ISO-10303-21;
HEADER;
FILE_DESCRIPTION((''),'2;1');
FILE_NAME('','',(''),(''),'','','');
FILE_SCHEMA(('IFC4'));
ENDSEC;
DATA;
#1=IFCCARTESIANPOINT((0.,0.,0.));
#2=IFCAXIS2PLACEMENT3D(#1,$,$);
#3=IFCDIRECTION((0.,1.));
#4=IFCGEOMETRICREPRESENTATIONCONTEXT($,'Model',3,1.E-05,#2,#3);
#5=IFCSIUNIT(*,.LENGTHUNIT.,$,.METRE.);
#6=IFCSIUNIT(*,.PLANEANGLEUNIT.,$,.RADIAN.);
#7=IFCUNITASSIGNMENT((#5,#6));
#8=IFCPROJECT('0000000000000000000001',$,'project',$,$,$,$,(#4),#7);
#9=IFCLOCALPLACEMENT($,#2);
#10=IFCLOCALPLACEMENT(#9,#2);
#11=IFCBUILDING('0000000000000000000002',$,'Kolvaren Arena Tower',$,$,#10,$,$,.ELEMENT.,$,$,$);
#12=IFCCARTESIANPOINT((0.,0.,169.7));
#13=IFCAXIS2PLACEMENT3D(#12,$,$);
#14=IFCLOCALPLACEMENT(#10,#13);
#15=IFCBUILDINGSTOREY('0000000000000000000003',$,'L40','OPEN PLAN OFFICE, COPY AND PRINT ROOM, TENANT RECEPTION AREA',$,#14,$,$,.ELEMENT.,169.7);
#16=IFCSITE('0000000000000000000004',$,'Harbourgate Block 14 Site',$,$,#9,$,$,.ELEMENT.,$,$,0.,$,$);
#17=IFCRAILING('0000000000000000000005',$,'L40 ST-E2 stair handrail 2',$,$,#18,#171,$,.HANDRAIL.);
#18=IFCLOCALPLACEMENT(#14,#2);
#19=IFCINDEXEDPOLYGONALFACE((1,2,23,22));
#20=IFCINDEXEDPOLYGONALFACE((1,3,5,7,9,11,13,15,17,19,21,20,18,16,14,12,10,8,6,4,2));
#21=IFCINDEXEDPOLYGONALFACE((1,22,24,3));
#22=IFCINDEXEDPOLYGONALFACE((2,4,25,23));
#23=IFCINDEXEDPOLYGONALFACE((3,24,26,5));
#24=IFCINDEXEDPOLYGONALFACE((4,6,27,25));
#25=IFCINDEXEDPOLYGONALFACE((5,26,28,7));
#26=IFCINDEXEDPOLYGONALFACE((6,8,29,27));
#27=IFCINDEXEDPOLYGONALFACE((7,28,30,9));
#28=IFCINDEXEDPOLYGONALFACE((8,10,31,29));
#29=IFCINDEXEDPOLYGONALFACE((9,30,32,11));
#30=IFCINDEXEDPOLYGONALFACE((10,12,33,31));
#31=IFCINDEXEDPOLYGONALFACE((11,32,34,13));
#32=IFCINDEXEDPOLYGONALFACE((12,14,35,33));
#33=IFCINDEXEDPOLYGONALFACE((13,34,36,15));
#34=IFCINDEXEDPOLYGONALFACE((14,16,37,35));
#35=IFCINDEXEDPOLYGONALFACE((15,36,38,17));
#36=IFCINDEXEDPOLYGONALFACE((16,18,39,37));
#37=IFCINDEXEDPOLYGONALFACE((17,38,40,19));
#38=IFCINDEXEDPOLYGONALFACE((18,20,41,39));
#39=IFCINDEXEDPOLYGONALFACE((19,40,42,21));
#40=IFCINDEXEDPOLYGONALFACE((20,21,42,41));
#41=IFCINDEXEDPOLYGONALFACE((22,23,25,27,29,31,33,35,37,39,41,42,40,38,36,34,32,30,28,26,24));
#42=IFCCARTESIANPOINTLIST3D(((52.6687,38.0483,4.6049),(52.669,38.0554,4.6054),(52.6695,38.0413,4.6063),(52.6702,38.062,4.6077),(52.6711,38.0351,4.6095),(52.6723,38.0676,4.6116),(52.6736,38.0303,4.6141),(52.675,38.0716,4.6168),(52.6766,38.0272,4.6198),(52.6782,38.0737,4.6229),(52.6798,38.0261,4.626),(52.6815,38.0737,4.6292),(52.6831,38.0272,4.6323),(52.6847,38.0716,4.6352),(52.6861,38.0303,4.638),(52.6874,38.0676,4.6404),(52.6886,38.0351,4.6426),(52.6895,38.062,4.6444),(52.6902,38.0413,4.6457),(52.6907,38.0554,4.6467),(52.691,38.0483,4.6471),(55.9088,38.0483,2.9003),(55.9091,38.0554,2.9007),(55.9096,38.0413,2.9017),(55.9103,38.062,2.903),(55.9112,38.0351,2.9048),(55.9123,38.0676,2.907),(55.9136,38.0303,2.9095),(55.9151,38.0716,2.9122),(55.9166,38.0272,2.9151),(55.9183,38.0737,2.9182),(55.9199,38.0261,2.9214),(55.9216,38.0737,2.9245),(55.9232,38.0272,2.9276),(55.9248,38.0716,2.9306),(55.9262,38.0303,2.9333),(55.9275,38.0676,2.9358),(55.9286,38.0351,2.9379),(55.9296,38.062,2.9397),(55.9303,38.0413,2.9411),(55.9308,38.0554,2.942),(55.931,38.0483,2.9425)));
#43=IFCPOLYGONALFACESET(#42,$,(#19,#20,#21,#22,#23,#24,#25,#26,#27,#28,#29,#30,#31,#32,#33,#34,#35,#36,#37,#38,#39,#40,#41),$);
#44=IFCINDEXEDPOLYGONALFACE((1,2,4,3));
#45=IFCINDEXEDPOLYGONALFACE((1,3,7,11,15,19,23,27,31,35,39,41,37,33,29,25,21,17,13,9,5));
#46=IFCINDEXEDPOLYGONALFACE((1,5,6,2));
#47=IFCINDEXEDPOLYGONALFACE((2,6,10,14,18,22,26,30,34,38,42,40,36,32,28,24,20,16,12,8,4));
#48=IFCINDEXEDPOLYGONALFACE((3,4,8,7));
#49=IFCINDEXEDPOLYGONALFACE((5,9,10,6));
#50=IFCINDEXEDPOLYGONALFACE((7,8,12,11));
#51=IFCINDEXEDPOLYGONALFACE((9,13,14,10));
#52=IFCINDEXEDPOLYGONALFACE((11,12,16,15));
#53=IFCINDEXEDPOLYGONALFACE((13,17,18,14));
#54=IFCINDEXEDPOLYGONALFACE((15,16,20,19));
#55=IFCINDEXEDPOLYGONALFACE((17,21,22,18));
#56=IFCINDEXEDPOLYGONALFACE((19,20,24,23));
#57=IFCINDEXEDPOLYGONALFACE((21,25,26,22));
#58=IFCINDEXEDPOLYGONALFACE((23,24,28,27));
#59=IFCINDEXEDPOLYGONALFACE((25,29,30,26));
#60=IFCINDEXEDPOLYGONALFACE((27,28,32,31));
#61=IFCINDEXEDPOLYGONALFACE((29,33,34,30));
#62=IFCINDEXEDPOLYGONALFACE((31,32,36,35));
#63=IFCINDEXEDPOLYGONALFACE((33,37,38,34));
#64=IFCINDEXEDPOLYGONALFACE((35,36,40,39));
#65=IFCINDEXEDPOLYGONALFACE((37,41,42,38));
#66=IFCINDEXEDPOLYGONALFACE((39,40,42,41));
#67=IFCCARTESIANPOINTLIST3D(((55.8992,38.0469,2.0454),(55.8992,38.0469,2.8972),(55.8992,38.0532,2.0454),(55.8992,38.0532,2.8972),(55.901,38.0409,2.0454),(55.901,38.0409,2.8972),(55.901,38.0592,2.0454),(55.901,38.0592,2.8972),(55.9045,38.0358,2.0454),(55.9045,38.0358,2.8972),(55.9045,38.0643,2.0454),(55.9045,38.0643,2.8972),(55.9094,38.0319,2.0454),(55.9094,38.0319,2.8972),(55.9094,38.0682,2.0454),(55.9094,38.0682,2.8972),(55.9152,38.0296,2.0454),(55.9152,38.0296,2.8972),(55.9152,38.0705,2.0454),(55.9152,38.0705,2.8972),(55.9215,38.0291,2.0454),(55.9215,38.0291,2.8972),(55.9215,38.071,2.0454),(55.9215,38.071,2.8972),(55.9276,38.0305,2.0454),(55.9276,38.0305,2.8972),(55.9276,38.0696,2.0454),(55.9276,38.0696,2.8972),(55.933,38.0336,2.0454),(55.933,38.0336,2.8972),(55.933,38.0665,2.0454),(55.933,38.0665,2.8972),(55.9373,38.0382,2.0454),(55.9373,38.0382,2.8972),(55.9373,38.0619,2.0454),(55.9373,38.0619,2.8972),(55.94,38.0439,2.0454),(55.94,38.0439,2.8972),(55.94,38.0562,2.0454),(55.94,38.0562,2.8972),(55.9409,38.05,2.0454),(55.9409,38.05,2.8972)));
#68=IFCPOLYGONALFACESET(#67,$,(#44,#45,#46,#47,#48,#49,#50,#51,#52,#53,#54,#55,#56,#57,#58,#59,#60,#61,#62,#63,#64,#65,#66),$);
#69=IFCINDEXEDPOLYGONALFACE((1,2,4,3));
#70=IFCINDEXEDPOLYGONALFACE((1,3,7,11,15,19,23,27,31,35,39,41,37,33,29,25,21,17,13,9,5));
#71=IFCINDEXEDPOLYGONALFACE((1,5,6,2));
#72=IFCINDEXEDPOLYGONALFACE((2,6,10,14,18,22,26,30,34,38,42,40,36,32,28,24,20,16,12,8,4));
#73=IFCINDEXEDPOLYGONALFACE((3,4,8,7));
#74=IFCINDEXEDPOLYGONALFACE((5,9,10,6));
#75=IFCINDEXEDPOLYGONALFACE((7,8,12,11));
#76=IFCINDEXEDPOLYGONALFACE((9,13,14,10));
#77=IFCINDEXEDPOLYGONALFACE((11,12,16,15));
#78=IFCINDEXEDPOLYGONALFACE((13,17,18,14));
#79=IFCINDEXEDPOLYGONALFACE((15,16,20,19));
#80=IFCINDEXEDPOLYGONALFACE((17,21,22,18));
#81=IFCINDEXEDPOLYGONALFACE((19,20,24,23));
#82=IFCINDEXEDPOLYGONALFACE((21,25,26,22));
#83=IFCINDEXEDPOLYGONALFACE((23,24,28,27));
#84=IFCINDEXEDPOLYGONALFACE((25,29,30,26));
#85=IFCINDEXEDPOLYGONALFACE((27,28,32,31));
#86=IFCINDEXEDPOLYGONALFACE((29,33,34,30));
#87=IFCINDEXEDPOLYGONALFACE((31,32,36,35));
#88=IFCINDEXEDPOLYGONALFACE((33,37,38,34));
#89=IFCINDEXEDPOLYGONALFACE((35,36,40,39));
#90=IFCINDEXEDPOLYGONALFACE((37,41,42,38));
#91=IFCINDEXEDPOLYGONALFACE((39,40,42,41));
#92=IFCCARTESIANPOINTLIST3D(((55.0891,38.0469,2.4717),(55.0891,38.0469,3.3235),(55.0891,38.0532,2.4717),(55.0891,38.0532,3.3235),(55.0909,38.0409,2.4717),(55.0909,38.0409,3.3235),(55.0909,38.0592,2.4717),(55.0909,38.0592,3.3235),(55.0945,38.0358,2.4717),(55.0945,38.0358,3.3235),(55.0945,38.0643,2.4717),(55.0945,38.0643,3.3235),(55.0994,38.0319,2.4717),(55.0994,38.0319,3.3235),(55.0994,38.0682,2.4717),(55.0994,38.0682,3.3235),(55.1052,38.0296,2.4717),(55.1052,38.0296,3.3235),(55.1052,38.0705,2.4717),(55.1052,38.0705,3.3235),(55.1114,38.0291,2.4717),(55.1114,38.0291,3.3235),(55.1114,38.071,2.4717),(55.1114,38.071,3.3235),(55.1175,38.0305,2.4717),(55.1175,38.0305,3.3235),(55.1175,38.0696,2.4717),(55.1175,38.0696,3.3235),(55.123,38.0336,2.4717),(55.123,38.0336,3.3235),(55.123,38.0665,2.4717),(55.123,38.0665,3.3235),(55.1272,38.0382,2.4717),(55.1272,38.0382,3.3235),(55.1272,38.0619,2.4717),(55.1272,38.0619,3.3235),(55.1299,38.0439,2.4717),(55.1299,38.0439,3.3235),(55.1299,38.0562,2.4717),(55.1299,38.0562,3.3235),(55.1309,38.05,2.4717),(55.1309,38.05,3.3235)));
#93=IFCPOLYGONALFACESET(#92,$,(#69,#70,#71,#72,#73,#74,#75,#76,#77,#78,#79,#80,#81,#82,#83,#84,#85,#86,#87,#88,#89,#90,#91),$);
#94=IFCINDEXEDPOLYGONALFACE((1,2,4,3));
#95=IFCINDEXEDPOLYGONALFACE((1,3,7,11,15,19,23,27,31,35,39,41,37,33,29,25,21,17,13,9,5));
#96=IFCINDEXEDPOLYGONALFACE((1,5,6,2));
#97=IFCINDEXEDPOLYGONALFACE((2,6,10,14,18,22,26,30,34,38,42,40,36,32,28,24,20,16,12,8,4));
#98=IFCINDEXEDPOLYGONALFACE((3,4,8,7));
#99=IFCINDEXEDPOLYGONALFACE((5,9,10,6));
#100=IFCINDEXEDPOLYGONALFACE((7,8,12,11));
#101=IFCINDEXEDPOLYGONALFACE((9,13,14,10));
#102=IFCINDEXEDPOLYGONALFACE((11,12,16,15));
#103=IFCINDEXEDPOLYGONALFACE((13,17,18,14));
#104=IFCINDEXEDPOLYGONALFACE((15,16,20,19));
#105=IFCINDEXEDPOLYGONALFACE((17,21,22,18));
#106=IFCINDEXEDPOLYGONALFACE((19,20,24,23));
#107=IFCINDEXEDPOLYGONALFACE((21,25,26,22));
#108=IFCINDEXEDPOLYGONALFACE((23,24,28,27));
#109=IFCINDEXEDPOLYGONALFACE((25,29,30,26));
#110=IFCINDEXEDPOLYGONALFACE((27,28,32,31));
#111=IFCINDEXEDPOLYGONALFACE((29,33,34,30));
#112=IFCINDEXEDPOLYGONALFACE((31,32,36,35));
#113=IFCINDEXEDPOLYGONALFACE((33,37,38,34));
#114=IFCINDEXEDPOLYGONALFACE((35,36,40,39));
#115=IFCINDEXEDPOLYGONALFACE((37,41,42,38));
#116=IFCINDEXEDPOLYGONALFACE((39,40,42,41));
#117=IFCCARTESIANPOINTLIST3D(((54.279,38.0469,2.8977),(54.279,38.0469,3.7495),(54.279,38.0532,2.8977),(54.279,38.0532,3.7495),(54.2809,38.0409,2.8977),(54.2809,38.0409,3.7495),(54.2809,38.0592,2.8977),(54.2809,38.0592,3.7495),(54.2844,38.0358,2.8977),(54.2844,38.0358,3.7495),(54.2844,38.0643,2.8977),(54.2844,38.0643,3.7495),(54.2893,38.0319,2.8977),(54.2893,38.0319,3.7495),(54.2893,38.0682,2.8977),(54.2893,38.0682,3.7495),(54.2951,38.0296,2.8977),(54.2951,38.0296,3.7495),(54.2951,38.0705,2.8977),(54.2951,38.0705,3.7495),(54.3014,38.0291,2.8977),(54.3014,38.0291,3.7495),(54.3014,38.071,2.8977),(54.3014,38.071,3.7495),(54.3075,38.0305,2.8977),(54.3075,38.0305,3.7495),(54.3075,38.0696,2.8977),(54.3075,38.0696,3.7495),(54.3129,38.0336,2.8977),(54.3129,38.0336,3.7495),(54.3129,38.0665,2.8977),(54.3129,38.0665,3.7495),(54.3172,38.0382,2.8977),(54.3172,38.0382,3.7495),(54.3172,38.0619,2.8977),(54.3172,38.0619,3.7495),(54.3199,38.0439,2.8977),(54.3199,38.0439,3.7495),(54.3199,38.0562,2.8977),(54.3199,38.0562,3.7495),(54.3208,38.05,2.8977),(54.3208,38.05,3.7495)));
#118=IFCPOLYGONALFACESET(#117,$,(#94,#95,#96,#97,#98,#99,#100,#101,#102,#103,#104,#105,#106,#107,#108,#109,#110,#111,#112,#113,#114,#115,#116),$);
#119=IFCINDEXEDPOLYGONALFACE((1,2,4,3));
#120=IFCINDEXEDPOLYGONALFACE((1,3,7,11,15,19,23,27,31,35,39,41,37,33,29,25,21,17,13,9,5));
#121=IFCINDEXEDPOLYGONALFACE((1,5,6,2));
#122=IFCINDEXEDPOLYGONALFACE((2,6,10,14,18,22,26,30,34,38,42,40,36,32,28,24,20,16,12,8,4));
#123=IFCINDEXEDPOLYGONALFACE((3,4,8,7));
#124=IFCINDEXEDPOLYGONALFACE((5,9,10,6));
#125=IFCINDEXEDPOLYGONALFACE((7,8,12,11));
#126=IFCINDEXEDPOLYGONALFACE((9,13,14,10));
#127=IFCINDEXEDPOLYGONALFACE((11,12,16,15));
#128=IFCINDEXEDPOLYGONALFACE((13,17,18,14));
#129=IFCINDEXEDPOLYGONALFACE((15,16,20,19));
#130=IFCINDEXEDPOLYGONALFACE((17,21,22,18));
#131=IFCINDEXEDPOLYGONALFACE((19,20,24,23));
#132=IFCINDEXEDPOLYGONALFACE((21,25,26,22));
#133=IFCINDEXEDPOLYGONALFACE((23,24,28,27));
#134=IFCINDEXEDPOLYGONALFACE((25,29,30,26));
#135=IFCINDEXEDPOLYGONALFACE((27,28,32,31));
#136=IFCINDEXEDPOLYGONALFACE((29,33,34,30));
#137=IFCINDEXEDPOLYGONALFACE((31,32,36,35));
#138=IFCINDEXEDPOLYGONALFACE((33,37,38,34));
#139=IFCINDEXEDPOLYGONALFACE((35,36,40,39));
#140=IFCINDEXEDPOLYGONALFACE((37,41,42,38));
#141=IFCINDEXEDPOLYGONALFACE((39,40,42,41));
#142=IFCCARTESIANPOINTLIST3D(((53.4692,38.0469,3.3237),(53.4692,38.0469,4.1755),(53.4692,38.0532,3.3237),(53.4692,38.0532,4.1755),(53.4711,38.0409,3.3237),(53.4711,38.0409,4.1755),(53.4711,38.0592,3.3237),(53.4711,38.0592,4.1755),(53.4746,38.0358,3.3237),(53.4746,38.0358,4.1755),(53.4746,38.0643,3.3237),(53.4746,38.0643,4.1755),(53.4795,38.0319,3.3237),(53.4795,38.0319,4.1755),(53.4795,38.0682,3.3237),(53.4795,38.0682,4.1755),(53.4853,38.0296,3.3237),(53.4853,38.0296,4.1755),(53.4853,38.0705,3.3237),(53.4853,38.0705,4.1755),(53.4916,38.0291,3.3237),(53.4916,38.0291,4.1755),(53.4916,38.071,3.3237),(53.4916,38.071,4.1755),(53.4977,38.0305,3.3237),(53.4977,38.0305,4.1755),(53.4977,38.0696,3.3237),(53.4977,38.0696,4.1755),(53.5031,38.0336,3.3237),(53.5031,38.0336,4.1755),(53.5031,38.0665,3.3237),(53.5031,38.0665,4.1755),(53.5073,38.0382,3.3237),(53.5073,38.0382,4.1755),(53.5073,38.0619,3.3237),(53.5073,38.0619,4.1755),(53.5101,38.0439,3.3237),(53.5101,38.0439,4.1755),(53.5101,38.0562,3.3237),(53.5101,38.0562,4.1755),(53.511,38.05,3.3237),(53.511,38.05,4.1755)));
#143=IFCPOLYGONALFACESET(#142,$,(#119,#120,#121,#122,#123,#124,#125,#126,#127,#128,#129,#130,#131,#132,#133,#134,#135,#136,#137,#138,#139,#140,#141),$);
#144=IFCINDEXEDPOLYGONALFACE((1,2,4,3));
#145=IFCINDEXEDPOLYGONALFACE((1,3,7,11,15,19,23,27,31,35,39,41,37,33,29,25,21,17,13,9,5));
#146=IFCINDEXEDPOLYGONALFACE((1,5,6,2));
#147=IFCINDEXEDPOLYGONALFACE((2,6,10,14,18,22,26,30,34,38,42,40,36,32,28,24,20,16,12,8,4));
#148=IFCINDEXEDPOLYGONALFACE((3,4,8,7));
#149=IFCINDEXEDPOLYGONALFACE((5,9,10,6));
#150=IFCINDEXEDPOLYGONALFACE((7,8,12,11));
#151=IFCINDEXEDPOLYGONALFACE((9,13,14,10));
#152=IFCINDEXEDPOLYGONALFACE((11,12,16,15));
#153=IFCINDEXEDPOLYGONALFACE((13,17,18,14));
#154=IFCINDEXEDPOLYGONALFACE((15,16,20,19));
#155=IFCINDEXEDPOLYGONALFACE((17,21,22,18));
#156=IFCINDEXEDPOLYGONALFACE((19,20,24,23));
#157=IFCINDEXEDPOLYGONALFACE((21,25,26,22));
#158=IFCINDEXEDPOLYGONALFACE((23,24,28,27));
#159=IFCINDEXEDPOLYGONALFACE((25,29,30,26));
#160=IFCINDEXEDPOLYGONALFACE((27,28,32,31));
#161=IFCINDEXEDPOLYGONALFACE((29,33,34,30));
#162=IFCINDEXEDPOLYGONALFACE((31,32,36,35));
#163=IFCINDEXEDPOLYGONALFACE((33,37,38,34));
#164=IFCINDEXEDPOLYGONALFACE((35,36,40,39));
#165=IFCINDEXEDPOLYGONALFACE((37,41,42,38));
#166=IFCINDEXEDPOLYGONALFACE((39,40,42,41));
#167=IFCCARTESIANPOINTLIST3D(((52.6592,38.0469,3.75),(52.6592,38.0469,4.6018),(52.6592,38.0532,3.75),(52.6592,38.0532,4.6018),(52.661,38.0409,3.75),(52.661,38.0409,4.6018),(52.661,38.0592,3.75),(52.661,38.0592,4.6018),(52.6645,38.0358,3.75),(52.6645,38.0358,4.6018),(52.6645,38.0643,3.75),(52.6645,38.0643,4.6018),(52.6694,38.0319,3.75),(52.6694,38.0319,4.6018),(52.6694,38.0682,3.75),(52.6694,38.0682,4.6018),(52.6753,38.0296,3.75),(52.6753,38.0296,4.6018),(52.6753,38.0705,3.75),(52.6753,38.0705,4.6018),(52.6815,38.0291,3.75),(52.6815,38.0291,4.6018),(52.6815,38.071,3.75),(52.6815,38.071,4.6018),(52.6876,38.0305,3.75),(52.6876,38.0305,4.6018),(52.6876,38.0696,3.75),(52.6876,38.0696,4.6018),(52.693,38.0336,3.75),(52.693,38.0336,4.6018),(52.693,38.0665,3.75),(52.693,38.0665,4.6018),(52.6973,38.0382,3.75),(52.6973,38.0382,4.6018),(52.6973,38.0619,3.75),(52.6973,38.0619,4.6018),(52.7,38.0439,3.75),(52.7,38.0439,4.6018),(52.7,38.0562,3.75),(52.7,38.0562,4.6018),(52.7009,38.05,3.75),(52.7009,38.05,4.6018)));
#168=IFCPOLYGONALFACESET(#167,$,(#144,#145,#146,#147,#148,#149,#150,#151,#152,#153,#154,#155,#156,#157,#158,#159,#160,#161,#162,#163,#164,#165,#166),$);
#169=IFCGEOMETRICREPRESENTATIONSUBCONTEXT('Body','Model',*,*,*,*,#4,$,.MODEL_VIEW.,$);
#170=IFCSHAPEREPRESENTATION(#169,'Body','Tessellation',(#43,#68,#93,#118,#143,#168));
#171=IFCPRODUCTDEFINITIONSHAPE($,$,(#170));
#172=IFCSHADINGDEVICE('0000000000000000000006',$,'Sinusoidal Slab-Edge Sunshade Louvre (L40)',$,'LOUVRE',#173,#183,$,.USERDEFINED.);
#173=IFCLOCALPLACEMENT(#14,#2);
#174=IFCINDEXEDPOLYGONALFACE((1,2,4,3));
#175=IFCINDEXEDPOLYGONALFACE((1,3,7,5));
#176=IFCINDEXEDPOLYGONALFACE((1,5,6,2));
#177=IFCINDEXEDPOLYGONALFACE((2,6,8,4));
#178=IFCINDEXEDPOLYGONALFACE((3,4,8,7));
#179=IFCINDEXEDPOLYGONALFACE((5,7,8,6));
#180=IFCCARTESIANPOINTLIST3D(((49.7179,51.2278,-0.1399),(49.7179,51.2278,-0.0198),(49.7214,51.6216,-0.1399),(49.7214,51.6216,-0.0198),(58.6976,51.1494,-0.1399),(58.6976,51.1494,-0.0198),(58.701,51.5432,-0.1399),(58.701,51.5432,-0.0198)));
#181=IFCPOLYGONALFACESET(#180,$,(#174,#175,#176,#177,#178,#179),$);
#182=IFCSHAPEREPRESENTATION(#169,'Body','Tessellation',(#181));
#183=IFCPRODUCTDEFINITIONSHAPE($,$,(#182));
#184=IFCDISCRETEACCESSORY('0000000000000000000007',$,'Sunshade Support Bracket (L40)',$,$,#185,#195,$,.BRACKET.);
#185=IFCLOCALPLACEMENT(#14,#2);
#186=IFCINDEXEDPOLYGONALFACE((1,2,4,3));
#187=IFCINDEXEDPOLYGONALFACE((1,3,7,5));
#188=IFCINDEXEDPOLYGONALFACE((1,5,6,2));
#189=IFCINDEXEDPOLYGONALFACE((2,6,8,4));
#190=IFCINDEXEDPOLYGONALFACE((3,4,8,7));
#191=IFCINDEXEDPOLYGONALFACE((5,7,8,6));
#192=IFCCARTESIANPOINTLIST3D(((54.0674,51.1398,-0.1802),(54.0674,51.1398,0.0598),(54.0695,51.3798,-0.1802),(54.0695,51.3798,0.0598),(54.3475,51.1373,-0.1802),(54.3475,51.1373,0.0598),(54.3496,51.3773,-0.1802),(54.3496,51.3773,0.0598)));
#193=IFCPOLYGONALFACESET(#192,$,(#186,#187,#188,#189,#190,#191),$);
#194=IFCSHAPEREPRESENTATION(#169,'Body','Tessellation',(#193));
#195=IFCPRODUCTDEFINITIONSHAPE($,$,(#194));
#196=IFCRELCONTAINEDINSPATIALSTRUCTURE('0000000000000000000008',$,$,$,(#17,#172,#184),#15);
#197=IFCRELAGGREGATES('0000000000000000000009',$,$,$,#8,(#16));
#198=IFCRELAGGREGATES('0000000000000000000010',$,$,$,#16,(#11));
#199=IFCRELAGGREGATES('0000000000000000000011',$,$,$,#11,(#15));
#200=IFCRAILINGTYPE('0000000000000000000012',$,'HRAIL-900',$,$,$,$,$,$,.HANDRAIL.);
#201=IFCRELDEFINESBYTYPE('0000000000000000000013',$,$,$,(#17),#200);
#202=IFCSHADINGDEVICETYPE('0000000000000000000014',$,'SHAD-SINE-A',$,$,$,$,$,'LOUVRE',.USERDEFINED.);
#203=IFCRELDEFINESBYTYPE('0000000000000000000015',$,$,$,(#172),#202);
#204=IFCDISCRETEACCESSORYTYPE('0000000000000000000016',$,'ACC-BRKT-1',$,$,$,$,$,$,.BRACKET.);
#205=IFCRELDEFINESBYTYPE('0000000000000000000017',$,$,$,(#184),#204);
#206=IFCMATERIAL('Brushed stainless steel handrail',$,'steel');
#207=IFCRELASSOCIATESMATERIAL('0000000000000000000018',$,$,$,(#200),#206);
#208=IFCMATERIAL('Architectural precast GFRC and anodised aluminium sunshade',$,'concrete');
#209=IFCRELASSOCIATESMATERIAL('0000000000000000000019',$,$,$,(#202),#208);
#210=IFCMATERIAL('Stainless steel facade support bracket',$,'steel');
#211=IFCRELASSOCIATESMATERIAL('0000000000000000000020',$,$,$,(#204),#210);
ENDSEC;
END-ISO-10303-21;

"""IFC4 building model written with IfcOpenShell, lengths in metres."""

from ifc_helpers import new_model, si_unit, direction, frame, origin, origin_2d, place, context, subcontext, project, spatial, rectangle, circle, extrude, material, type_object, element, save


model = new_model("IFC4")

# Units and contexts
model_context = context("Model", 3, precision=1e-05, world=origin(), true_north=direction((0.0, 1.0)))
body_context = subcontext(model_context, "Body", "Model", "MODEL_VIEW")
ifc_project = project(units=[si_unit("LENGTHUNIT", "METRE"), si_unit("PLANEANGLEUNIT", "RADIAN")], contexts=[model_context])

# Site, building, storey
site_placement = place(None, origin())
site = spatial("IfcSite", under=ifc_project, at=site_placement, Name="Harbourgate Block 14 Site", CompositionType="ELEMENT", RefElevation=0.0)
building_placement = place(site_placement, origin())
building = spatial("IfcBuilding", under=site, at=building_placement, Name="Kolvaren Arena Tower", CompositionType="ELEMENT")
storey_placement = place(building_placement, frame((0.0, 0.0, 169.7)))
storey = spatial("IfcBuildingStorey", under=building, at=storey_placement, Name="L40", Description="OPEN PLAN OFFICE, COPY AND PRINT ROOM, TENANT RECEPTION AREA", CompositionType="ELEMENT", Elevation=169.7)

# Railing
ifc_material_1 = material(Name="Brushed stainless steel handrail", Category="steel")
railing_type = type_object("IfcRailingType", Name="HRAIL-900", PredefinedType="HANDRAIL", material=ifc_material_1)
railing_placement = place(storey_placement, frame((55.9199, 38.05, 2.0454)))
element("IfcRailing", 1, at=railing_placement, inside=storey, type_object=railing_type, Name="L40 ST-E2 stair handrail 2", PredefinedType="HANDRAIL", context=body_context, shape_type="SweptSolid", body=[
    extrude(circle(Radius=0.0239, at=origin_2d()), frame((0.0, 0.0, 0.876), z_axis=(-0.884993, 0.0, 0.465604), x_axis=(0.0, -1.0, 0.0)), (0.0, 0.0, 1.0), 3.6611),
    extrude(circle(Radius=0.021, at=origin_2d()), origin(), (0.0, 0.0, 1.0), 0.8518),
    extrude(circle(Radius=0.021, at=origin_2d()), frame((-0.8101, 0.0, 0.4263)), (0.0, 0.0, 1.0), 0.8518),
    extrude(circle(Radius=0.021, at=origin_2d()), frame((-1.6201, 0.0, 0.8523)), (0.0, 0.0, 1.0), 0.8518),
    extrude(circle(Radius=0.021, at=origin_2d()), frame((-2.4299, 0.0, 1.2783)), (0.0, 0.0, 1.0), 0.8518),
    extrude(circle(Radius=0.021, at=origin_2d()), frame((-3.24, 0.0, 1.7046)), (0.0, 0.0, 1.0), 0.8518),
])

# Shading device
ifc_material_2 = material(Name="Architectural precast GFRC and anodised aluminium sunshade", Category="concrete")
shading_device_type = type_object("IfcShadingDeviceType", Name="SHAD-SINE-A", ElementType="LOUVRE", PredefinedType="USERDEFINED", material=ifc_material_2)
shading_device_placement = place(storey_placement, frame((54.2095, 51.3855, -0.1399), z_axis=(0.0, 0.0, 1.0), x_axis=(0.999962, -0.008727, 0.0)))
element("IfcShadingDevice", 2, at=shading_device_placement, inside=storey, type_object=shading_device_type, Name="Sinusoidal Slab-Edge Sunshade Louvre (L40)", ObjectType="LOUVRE", PredefinedType="USERDEFINED", context=body_context, shape_type="SweptSolid", body=[
    extrude(rectangle(XDim=8.98, YDim=0.3938, at=origin_2d()), origin(), (0.0, 0.0, 1.0), 0.1201),
])

# Discrete accessory
ifc_material_3 = material(Name="Stainless steel facade support bracket", Category="steel")
discrete_accessory_type = type_object("IfcDiscreteAccessoryType", Name="ACC-BRKT-1", PredefinedType="BRACKET", material=ifc_material_3)
discrete_accessory_placement = place(storey_placement, frame((54.2085, 51.2585, -0.1802), z_axis=(0.0, 0.0, 1.0), x_axis=(0.999962, -0.008727, 0.0)))
element("IfcDiscreteAccessory", 3, at=discrete_accessory_placement, inside=storey, type_object=discrete_accessory_type, Name="Sunshade Support Bracket (L40)", PredefinedType="BRACKET", context=body_context, shape_type="SweptSolid", body=[
    extrude(rectangle(XDim=0.28, YDim=0.24, at=origin_2d()), origin(), (0.0, 0.0, 1.0), 0.24),
])

save(model, "model.ifc")
